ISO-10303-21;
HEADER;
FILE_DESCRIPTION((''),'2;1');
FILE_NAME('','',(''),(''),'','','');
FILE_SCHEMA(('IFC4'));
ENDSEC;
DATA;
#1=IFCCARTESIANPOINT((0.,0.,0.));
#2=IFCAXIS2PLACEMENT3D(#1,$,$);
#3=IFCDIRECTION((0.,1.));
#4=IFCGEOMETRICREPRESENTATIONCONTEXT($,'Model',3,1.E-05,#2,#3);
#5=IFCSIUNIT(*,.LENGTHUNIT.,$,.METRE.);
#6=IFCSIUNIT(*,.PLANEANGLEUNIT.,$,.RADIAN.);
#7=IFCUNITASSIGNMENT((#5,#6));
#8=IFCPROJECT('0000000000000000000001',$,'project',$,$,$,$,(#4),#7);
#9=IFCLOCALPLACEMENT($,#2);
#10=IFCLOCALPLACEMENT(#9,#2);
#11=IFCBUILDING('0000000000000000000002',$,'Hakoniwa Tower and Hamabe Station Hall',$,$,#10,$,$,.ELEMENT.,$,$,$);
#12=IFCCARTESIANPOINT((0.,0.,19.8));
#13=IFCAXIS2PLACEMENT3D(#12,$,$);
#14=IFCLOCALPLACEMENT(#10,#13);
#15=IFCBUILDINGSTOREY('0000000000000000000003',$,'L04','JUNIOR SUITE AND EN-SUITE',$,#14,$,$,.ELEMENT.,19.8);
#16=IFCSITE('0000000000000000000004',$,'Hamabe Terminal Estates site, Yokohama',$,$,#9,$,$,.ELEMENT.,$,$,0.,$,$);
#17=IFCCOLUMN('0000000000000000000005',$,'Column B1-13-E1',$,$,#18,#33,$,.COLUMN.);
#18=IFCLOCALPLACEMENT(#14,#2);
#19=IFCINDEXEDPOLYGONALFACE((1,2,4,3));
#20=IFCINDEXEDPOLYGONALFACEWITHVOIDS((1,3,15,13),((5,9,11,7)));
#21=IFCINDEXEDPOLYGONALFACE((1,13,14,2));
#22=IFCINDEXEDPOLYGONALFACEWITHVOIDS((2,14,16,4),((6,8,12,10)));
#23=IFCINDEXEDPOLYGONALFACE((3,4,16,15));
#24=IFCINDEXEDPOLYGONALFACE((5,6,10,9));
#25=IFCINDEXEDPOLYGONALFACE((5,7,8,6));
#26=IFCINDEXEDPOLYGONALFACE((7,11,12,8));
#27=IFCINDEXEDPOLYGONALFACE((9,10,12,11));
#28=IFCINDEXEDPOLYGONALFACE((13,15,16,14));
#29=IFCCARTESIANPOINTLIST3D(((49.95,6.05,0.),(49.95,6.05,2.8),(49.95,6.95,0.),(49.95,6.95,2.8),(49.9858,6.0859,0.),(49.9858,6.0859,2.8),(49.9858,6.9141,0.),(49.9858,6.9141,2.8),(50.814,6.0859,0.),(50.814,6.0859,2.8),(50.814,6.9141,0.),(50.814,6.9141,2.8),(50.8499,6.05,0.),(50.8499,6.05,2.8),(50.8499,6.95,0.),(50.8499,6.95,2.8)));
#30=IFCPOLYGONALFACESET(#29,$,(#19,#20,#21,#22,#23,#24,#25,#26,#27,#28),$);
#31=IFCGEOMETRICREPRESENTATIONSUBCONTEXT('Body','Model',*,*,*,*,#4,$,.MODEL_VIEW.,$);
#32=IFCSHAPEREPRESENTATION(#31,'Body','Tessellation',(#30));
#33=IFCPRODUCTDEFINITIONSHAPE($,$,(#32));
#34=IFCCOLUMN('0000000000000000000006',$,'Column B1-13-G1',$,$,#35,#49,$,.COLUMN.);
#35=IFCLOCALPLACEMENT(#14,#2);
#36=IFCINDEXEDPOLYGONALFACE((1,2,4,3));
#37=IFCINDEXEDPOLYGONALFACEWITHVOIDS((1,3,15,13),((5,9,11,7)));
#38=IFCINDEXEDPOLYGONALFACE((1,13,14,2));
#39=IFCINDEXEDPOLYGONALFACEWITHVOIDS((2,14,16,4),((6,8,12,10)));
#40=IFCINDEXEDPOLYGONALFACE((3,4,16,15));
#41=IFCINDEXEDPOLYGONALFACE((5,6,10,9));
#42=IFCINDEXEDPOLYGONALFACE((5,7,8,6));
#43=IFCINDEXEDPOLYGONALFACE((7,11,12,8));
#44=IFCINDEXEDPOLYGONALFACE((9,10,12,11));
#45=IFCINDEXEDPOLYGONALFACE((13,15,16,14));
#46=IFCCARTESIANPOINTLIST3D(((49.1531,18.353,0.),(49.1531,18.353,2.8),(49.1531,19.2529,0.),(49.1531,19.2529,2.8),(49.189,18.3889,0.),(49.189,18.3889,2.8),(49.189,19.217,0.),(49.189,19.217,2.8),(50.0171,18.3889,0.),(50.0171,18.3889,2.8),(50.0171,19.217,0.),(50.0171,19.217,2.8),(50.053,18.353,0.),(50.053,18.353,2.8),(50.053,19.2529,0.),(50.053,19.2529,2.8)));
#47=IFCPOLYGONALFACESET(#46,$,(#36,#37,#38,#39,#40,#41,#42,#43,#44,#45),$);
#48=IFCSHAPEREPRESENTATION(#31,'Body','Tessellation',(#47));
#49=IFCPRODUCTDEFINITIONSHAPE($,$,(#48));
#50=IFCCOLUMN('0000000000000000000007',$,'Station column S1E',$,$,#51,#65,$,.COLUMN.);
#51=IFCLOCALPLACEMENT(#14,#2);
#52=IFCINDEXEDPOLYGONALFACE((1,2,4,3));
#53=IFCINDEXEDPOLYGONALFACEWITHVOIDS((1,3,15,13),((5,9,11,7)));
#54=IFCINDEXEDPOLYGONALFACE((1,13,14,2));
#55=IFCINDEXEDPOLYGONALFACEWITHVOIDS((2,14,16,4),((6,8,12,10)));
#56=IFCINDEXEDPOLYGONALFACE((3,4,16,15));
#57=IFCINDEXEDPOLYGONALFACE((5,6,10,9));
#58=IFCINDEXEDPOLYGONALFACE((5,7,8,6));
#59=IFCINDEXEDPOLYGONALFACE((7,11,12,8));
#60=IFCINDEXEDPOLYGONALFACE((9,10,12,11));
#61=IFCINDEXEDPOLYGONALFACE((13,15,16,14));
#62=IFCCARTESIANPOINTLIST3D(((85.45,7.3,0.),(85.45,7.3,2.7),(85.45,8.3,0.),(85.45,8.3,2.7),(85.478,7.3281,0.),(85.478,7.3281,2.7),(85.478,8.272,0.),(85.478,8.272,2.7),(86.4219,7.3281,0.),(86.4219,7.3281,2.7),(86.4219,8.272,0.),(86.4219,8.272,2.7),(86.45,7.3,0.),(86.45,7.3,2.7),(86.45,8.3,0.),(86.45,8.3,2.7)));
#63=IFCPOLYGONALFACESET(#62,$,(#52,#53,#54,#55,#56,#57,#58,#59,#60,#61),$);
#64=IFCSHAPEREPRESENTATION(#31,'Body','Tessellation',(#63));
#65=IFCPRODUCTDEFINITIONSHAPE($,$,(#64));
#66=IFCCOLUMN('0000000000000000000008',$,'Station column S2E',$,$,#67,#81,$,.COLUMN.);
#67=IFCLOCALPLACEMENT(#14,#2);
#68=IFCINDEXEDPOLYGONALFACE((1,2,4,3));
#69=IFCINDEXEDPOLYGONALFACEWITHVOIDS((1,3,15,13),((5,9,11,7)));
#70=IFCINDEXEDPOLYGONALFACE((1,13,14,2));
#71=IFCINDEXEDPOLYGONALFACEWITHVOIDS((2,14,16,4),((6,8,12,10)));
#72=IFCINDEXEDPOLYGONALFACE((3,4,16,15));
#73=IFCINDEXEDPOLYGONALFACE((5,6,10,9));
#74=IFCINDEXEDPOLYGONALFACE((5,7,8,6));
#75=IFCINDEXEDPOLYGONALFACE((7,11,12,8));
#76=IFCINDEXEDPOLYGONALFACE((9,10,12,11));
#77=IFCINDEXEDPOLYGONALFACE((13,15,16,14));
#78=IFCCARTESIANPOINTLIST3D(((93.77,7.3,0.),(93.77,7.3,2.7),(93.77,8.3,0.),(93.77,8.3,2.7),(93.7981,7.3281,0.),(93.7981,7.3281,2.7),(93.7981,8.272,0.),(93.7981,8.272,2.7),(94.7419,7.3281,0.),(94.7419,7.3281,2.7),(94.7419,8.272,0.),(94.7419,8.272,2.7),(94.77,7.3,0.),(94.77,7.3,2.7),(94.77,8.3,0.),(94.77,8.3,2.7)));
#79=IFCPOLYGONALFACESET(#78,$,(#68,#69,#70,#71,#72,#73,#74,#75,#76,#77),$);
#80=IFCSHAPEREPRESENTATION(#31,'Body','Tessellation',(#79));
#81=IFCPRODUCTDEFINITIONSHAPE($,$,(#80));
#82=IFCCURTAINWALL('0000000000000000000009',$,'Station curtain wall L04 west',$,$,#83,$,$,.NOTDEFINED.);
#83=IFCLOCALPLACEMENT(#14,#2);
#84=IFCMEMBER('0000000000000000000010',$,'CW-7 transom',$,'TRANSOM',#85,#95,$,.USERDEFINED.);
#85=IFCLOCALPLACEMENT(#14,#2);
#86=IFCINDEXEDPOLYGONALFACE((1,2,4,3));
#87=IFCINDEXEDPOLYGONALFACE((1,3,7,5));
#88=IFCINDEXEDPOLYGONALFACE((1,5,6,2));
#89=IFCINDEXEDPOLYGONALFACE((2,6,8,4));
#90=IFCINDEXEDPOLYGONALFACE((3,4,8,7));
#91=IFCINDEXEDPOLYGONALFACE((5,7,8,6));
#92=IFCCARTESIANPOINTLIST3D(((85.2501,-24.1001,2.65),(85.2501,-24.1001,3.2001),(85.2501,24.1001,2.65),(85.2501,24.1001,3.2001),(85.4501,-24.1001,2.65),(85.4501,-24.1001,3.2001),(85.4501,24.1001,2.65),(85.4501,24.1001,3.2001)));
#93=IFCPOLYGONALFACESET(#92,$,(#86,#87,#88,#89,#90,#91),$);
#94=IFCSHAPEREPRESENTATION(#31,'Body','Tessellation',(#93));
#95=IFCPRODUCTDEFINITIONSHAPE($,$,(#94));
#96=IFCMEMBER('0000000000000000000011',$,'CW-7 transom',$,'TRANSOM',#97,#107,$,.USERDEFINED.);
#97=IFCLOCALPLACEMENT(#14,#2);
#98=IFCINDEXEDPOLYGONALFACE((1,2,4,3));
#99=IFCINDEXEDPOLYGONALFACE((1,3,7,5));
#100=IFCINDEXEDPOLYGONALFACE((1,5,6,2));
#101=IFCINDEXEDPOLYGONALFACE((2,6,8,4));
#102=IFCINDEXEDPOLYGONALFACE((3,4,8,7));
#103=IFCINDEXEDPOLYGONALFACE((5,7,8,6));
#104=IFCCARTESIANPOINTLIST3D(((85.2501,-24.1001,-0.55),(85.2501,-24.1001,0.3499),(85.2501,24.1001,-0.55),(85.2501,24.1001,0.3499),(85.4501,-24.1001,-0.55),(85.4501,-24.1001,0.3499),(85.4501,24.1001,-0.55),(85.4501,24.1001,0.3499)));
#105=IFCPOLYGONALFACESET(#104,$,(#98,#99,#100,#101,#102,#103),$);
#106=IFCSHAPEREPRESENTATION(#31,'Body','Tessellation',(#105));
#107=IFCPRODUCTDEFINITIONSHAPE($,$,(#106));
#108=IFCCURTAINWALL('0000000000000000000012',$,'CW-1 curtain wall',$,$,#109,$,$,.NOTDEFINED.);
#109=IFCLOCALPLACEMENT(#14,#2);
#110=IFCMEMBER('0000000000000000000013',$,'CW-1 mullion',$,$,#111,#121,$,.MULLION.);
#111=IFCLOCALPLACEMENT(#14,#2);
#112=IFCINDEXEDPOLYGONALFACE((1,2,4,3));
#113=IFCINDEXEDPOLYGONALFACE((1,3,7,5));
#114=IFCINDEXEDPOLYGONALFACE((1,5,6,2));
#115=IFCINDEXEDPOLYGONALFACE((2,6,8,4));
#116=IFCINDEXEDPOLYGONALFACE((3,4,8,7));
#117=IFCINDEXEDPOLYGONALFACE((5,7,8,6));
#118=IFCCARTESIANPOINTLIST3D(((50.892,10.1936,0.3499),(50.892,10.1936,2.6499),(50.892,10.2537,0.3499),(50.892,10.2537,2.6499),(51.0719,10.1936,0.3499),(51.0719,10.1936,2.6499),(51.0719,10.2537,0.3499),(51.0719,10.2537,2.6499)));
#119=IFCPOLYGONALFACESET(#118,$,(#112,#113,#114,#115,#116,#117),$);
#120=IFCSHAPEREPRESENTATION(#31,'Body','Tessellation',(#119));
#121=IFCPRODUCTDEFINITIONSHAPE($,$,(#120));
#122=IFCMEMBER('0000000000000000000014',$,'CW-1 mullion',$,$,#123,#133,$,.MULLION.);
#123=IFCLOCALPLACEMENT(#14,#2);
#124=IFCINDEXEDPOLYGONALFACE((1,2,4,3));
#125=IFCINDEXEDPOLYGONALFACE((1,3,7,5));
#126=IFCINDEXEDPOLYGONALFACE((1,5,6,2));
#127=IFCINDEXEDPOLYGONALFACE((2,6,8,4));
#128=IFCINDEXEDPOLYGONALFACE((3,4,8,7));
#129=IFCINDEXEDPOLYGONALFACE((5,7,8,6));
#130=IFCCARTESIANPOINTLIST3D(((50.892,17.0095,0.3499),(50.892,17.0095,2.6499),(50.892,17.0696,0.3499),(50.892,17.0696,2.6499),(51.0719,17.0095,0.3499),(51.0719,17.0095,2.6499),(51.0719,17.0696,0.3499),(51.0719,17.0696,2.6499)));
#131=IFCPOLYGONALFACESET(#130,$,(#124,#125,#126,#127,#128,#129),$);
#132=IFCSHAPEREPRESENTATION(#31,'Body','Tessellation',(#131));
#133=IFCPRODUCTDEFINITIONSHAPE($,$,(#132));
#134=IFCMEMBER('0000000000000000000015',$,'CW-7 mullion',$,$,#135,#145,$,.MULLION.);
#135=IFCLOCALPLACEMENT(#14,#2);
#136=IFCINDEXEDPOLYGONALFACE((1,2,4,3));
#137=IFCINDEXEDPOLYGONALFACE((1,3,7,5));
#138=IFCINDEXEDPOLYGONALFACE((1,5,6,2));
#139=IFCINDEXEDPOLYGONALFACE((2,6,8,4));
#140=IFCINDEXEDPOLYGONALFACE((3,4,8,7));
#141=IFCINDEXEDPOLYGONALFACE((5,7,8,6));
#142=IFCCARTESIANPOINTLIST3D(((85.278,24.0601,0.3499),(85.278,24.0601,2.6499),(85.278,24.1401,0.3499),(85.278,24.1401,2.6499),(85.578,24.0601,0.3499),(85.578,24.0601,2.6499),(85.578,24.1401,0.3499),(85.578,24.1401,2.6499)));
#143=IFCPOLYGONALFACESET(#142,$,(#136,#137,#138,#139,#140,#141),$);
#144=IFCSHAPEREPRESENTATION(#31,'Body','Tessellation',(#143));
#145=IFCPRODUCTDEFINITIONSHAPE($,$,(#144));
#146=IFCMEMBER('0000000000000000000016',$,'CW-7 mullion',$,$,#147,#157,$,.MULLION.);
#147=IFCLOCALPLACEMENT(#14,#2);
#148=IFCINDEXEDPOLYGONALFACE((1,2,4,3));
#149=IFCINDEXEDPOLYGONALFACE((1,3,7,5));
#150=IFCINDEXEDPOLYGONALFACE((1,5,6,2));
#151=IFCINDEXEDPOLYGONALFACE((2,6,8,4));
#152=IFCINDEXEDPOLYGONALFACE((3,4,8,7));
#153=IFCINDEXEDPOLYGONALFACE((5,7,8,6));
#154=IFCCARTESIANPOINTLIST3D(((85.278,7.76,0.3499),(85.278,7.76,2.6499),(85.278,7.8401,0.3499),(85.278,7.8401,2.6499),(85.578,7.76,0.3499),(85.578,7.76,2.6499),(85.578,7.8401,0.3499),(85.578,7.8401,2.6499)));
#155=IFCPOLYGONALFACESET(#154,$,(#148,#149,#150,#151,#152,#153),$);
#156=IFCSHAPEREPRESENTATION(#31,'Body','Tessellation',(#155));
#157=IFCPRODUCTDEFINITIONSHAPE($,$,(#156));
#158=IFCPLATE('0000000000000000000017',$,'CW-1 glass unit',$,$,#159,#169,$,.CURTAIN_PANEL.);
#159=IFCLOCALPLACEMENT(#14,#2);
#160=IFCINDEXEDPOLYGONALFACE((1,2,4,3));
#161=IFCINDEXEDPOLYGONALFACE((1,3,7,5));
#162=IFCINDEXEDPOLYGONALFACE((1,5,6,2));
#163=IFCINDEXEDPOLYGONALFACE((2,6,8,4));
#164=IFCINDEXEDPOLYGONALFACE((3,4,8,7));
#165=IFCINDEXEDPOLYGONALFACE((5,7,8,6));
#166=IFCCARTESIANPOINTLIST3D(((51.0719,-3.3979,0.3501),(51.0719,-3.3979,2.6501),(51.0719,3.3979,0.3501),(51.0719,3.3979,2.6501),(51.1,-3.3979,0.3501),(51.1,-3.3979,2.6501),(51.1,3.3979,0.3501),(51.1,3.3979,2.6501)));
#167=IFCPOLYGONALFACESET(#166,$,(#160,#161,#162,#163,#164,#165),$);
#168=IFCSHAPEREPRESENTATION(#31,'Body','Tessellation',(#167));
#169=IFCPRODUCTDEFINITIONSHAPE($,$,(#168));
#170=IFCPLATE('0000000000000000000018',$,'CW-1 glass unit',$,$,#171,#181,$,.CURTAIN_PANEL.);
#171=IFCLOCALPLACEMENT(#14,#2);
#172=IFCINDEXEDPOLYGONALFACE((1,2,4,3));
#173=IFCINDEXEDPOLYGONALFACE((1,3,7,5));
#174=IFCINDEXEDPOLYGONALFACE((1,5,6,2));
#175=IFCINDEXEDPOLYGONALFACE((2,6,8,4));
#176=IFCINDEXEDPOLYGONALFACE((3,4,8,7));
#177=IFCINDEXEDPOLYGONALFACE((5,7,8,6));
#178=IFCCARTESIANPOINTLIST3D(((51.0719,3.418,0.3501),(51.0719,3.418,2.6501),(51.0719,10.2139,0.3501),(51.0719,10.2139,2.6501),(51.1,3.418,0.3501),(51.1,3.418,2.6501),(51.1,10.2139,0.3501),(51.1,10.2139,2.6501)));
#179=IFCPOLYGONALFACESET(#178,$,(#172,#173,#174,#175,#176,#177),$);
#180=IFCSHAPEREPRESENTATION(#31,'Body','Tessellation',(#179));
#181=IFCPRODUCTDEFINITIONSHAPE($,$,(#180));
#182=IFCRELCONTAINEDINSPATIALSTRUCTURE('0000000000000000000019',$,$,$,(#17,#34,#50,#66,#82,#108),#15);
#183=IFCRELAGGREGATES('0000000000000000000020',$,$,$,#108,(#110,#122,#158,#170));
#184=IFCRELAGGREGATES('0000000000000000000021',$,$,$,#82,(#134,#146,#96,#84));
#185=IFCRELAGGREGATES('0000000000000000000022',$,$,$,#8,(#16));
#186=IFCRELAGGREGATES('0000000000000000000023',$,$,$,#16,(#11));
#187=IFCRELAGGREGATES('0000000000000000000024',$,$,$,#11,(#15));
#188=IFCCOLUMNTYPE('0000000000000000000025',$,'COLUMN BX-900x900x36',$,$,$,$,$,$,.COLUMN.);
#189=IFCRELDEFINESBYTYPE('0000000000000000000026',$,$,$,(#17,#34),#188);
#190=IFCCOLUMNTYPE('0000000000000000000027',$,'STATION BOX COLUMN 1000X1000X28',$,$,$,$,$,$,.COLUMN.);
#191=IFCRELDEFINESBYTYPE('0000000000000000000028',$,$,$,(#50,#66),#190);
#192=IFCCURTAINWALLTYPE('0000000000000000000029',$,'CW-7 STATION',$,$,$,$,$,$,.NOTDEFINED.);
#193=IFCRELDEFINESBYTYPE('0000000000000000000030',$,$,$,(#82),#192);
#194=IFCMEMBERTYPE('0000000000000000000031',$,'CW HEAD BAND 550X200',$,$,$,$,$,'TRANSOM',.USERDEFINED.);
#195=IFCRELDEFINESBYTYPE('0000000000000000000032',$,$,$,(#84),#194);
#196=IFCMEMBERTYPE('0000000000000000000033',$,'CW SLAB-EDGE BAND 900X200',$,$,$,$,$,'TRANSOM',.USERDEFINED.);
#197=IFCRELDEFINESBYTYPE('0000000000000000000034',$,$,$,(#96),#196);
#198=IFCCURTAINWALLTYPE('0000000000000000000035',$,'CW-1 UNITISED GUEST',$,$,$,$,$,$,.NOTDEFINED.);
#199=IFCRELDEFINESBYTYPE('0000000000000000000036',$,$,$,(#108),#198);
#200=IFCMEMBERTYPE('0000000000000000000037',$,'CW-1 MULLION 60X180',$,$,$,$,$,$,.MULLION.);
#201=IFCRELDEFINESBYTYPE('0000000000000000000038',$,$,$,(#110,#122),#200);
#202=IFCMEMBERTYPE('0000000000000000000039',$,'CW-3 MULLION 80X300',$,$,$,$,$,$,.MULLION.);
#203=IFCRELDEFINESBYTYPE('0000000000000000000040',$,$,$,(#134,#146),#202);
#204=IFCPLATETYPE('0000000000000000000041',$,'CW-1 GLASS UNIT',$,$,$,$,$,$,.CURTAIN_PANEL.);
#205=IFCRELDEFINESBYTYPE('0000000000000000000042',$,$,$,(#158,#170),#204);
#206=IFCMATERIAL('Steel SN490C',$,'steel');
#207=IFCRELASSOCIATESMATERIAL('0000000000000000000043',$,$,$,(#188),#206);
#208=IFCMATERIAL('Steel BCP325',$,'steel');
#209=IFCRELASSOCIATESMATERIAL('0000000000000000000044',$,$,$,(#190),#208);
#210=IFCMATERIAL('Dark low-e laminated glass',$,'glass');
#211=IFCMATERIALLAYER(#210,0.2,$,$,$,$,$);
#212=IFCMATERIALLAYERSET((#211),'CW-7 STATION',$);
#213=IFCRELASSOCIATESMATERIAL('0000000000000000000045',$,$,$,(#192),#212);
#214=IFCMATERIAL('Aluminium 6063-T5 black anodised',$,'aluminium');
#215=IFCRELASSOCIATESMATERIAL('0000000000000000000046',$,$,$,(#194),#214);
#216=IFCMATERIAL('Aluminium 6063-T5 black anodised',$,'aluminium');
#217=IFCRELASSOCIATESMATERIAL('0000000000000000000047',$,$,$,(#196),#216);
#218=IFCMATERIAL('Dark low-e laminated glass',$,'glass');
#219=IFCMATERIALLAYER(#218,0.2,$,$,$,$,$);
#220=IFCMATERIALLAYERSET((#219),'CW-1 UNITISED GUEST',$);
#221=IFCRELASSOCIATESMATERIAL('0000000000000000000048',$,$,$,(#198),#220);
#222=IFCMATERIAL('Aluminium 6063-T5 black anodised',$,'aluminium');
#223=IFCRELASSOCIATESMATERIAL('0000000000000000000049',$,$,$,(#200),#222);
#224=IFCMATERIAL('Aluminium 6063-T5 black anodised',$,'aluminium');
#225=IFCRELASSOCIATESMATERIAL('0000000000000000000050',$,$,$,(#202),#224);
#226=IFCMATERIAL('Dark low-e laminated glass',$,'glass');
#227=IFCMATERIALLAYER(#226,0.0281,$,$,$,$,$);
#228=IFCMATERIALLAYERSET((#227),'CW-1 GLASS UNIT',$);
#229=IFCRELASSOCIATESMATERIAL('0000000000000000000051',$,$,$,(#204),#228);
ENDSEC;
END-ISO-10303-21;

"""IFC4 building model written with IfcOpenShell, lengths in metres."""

from ifc_helpers import new_model, si_unit, direction, frame, origin, origin_2d, place, context, subcontext, project, spatial, rectangle, hollow_rectangle, extrude, material, layer, layer_set, material_profile, profile_set, type_object, element, aggregate, save


model = new_model("IFC4")

# Units and contexts
model_context = context("Model", 3, precision=1e-05, world=origin(), true_north=direction((0.0, 1.0)))
body_context = subcontext(model_context, "Body", "Model", "MODEL_VIEW")
ifc_project = project(units=[si_unit("LENGTHUNIT", "METRE"), si_unit("PLANEANGLEUNIT", "RADIAN")], contexts=[model_context])

# Site, building, storey
site_placement = place(None, origin())
site = spatial("IfcSite", under=ifc_project, at=site_placement, Name="Hamabe Terminal Estates site, Yokohama", CompositionType="ELEMENT", RefElevation=0.0)
building_placement = place(site_placement, origin())
building = spatial("IfcBuilding", under=site, at=building_placement, Name="Hakoniwa Tower and Hamabe Station Hall", CompositionType="ELEMENT")
storey_placement = place(building_placement, frame((0.0, 0.0, 19.8)))
storey = spatial("IfcBuildingStorey", under=building, at=storey_placement, Name="L04", Description="JUNIOR SUITE AND EN-SUITE", CompositionType="ELEMENT", Elevation=19.8)

# Columns
ifc_material_1 = material(Name="Steel SN490C", Category="steel")
ifc_material_profile_1 = material_profile(ifc_material_1, hollow_rectangle(XDim=0.8999, YDim=0.8999, WallThickness=0.0359, at=origin_2d()), Name="BX-900x900x36")
ifc_profile_set_1 = profile_set([ifc_material_profile_1], Name="Steel SN490C")
column_type_1 = type_object("IfcColumnType", Name="COLUMN BX-900x900x36", PredefinedType="COLUMN", material=ifc_profile_set_1)
for number, where, z_axis, x_axis, name in (
    (1, (50.3999, 6.5, 0.0), (0.0, 0.0, 1.0), (1.0, 0.0, 0.0), "Column B1-13-E1"),
    (2, (49.603, 18.803, 0.0), (0.0, 0.0, 1.0), (1.0, 0.0, 0.0), "Column B1-13-G1"),
):
    element("IfcColumn", number, at=place(storey_placement, frame(where, z_axis=z_axis, x_axis=x_axis)), inside=storey, type_object=column_type_1, Name=name, PredefinedType="COLUMN", context=body_context, shape_type="SweptSolid", body=[
        extrude(hollow_rectangle(XDim=0.8999, YDim=0.8999, WallThickness=0.0359, at=origin_2d()), origin(), (0.0, 0.0, 1.0), 2.8),
    ])
ifc_material_2 = material(Name="Steel BCP325", Category="steel")
ifc_material_profile_2 = material_profile(ifc_material_2, hollow_rectangle(XDim=1.0, YDim=1.0, WallThickness=0.0281, at=origin_2d()), Name="STATION BOX COLUMN 1000X1000X28")
ifc_profile_set_2 = profile_set([ifc_material_profile_2], Name="Steel BCP325")
column_type_2 = type_object("IfcColumnType", Name="STATION BOX COLUMN 1000X1000X28", PredefinedType="COLUMN", material=ifc_profile_set_2)
for number, where, z_axis, x_axis, name in (
    (3, (85.95, 7.8, 0.0), (0.0, 0.0, 1.0), (1.0, 0.0, 0.0), "Station column S1E"),
    (4, (94.27, 7.8, 0.0), (0.0, 0.0, 1.0), (1.0, 0.0, 0.0), "Station column S2E"),
):
    element("IfcColumn", number, at=place(storey_placement, frame(where, z_axis=z_axis, x_axis=x_axis)), inside=storey, type_object=column_type_2, Name=name, PredefinedType="COLUMN", context=body_context, shape_type="SweptSolid", body=[
        extrude(hollow_rectangle(XDim=1.0, YDim=1.0, WallThickness=0.0281, at=origin_2d()), origin(), (0.0, 0.0, 1.0), 2.7),
    ])

# Curtain walls, members
ifc_material_3 = material(Name="Dark low-e laminated glass", Category="glass")
ifc_layer_1 = layer(ifc_material_3, 0.2)
ifc_layer_set_1 = layer_set([ifc_layer_1], Name="CW-7 STATION")
curtain_wall_type_1 = type_object("IfcCurtainWallType", Name="CW-7 STATION", PredefinedType="NOTDEFINED", material=ifc_layer_set_1)
curtain_wall_1_placement = place(storey_placement, origin())
curtain_wall_1 = element("IfcCurtainWall", 5, at=curtain_wall_1_placement, inside=storey, type_object=curtain_wall_type_1, Name="Station curtain wall L04 west", PredefinedType="NOTDEFINED")
ifc_material_4 = material(Name="Aluminium 6063-T5 black anodised", Category="aluminium")
ifc_material_profile_3 = material_profile(ifc_material_4, rectangle(XDim=0.2, YDim=0.55, at=origin_2d()), Name="CW HEAD BAND 550X200")
ifc_profile_set_3 = profile_set([ifc_material_profile_3], Name="Aluminium 6063-T5 black anodised")
member_type_1 = type_object("IfcMemberType", Name="CW HEAD BAND 550X200", ElementType="TRANSOM", PredefinedType="USERDEFINED", material=ifc_profile_set_3)
member_1_placement = place(storey_placement, frame((85.3501, 24.1001, 2.925), z_axis=(0.0, -1.0, 0.0), x_axis=(1.0, 0.0, 0.0)))
member_1 = element("IfcMember", 6, at=member_1_placement, type_object=member_type_1, Name="CW-7 transom", ObjectType="TRANSOM", PredefinedType="USERDEFINED", context=body_context, shape_type="SweptSolid", body=[
    extrude(rectangle(XDim=0.2, YDim=0.55, at=origin_2d()), origin(), (0.0, 0.0, 1.0), 48.2002),
])
ifc_material_5 = material(Name="Aluminium 6063-T5 black anodised", Category="aluminium")
ifc_material_profile_4 = material_profile(ifc_material_5, rectangle(XDim=0.2, YDim=0.8999, at=origin_2d()), Name="CW SLAB-EDGE BAND 900X200")
ifc_profile_set_4 = profile_set([ifc_material_profile_4], Name="Aluminium 6063-T5 black anodised")
member_type_2 = type_object("IfcMemberType", Name="CW SLAB-EDGE BAND 900X200", ElementType="TRANSOM", PredefinedType="USERDEFINED", material=ifc_profile_set_4)
member_2_placement = place(storey_placement, frame((85.3501, 24.1001, -0.1001), z_axis=(0.0, -1.0, 0.0), x_axis=(1.0, 0.0, 0.0)))
member_2 = element("IfcMember", 7, at=member_2_placement, type_object=member_type_2, Name="CW-7 transom", ObjectType="TRANSOM", PredefinedType="USERDEFINED", context=body_context, shape_type="SweptSolid", body=[
    extrude(rectangle(XDim=0.2, YDim=0.8999, at=origin_2d()), origin(), (0.0, 0.0, 1.0), 48.2002),
])
ifc_material_6 = material(Name="Dark low-e laminated glass", Category="glass")
ifc_layer_2 = layer(ifc_material_6, 0.2)
ifc_layer_set_2 = layer_set([ifc_layer_2], Name="CW-1 UNITISED GUEST")
curtain_wall_type_2 = type_object("IfcCurtainWallType", Name="CW-1 UNITISED GUEST", PredefinedType="NOTDEFINED", material=ifc_layer_set_2)
curtain_wall_2_placement = place(storey_placement, origin())
curtain_wall_2 = element("IfcCurtainWall", 8, at=curtain_wall_2_placement, inside=storey, type_object=curtain_wall_type_2, Name="CW-1 curtain wall", PredefinedType="NOTDEFINED")
ifc_material_7 = material(Name="Aluminium 6063-T5 black anodised", Category="aluminium")
ifc_material_profile_5 = material_profile(ifc_material_7, rectangle(XDim=0.0601, YDim=0.1799, at=origin_2d()), Name="CW-1 MULLION 60X180")
ifc_profile_set_5 = profile_set([ifc_material_profile_5], Name="Aluminium 6063-T5 black anodised")
member_type_3 = type_object("IfcMemberType", Name="CW-1 MULLION 60X180", PredefinedType="MULLION", material=ifc_profile_set_5)
member_3_placement = place(storey_placement, frame((50.9819, 10.2236, 0.3499), z_axis=(0.0, 0.0, 1.0), x_axis=(0.0, 1.0, 0.0)))
member_3 = element("IfcMember", 9, at=member_3_placement, type_object=member_type_3, Name="CW-1 mullion", PredefinedType="MULLION", context=body_context, shape_type="SweptSolid", body=[
    extrude(rectangle(XDim=0.0601, YDim=0.1799, at=origin_2d()), origin(), (0.0, 0.0, 1.0), 2.3),
])
member_4_placement = place(storey_placement, frame((50.9819, 17.0396, 0.3499), z_axis=(0.0, 0.0, 1.0), x_axis=(0.0, 1.0, 0.0)))
member_4 = element("IfcMember", 10, at=member_4_placement, type_object=member_type_3, Name="CW-1 mullion", PredefinedType="MULLION", context=body_context, shape_type="SweptSolid", body=[
    extrude(rectangle(XDim=0.0601, YDim=0.1799, at=origin_2d()), origin(), (0.0, 0.0, 1.0), 2.3),
])

# Members
ifc_material_8 = material(Name="Aluminium 6063-T5 black anodised", Category="aluminium")
ifc_material_profile_6 = material_profile(ifc_material_8, rectangle(XDim=0.0801, YDim=0.3, at=origin_2d()), Name="CW-3 MULLION 80X300")
ifc_profile_set_6 = profile_set([ifc_material_profile_6], Name="Aluminium 6063-T5 black anodised")
member_type_4 = type_object("IfcMemberType", Name="CW-3 MULLION 80X300", PredefinedType="MULLION", material=ifc_profile_set_6)
member_5_placement = place(storey_placement, frame((85.428, 24.1001, 0.3499), z_axis=(0.0, 0.0, 1.0), x_axis=(0.0, -1.0, 0.0)))
member_5 = element("IfcMember", 11, at=member_5_placement, type_object=member_type_4, Name="CW-7 mullion", PredefinedType="MULLION", context=body_context, shape_type="SweptSolid", body=[
    extrude(rectangle(XDim=0.0801, YDim=0.3, at=origin_2d()), origin(), (0.0, 0.0, 1.0), 2.3),
])
member_6_placement = place(storey_placement, frame((85.428, 7.8, 0.3499), z_axis=(0.0, 0.0, 1.0), x_axis=(0.0, -1.0, 0.0)))
member_6 = element("IfcMember", 12, at=member_6_placement, type_object=member_type_4, Name="CW-7 mullion", PredefinedType="MULLION", context=body_context, shape_type="SweptSolid", body=[
    extrude(rectangle(XDim=0.0801, YDim=0.3, at=origin_2d()), origin(), (0.0, 0.0, 1.0), 2.3),
])

# Plates
ifc_material_9 = material(Name="Dark low-e laminated glass", Category="glass")
ifc_layer_3 = layer(ifc_material_9, 0.0281)
ifc_layer_set_3 = layer_set([ifc_layer_3], Name="CW-1 GLASS UNIT")
plate_type_1 = type_object("IfcPlateType", Name="CW-1 GLASS UNIT", PredefinedType="CURTAIN_PANEL", material=ifc_layer_set_3)
plate_1_placement = place(storey_placement, frame((51.0859, 0.0, 0.3501), z_axis=(0.0, 0.0, 1.0), x_axis=(0.0, 1.0, 0.0)))
plate_1 = element("IfcPlate", 13, at=plate_1_placement, type_object=plate_type_1, Name="CW-1 glass unit", PredefinedType="CURTAIN_PANEL", context=body_context, shape_type="SweptSolid", body=[
    extrude(rectangle(XDim=6.7959, YDim=0.0281, at=origin_2d()), origin(), (0.0, 0.0, 1.0), 2.3),
])
plate_2_placement = place(storey_placement, frame((51.0859, 6.8159, 0.3501), z_axis=(0.0, 0.0, 1.0), x_axis=(0.0, 1.0, 0.0)))
plate_2 = element("IfcPlate", 14, at=plate_2_placement, type_object=plate_type_1, Name="CW-1 glass unit", PredefinedType="CURTAIN_PANEL", context=body_context, shape_type="SweptSolid", body=[
    extrude(rectangle(XDim=6.7959, YDim=0.0281, at=origin_2d()), origin(), (0.0, 0.0, 1.0), 2.3),
])
aggregate(curtain_wall_2, [member_3, member_4, plate_1, plate_2])

aggregate(curtain_wall_1, [member_5, member_6, member_2, member_1])

save(model, "model.ifc")
